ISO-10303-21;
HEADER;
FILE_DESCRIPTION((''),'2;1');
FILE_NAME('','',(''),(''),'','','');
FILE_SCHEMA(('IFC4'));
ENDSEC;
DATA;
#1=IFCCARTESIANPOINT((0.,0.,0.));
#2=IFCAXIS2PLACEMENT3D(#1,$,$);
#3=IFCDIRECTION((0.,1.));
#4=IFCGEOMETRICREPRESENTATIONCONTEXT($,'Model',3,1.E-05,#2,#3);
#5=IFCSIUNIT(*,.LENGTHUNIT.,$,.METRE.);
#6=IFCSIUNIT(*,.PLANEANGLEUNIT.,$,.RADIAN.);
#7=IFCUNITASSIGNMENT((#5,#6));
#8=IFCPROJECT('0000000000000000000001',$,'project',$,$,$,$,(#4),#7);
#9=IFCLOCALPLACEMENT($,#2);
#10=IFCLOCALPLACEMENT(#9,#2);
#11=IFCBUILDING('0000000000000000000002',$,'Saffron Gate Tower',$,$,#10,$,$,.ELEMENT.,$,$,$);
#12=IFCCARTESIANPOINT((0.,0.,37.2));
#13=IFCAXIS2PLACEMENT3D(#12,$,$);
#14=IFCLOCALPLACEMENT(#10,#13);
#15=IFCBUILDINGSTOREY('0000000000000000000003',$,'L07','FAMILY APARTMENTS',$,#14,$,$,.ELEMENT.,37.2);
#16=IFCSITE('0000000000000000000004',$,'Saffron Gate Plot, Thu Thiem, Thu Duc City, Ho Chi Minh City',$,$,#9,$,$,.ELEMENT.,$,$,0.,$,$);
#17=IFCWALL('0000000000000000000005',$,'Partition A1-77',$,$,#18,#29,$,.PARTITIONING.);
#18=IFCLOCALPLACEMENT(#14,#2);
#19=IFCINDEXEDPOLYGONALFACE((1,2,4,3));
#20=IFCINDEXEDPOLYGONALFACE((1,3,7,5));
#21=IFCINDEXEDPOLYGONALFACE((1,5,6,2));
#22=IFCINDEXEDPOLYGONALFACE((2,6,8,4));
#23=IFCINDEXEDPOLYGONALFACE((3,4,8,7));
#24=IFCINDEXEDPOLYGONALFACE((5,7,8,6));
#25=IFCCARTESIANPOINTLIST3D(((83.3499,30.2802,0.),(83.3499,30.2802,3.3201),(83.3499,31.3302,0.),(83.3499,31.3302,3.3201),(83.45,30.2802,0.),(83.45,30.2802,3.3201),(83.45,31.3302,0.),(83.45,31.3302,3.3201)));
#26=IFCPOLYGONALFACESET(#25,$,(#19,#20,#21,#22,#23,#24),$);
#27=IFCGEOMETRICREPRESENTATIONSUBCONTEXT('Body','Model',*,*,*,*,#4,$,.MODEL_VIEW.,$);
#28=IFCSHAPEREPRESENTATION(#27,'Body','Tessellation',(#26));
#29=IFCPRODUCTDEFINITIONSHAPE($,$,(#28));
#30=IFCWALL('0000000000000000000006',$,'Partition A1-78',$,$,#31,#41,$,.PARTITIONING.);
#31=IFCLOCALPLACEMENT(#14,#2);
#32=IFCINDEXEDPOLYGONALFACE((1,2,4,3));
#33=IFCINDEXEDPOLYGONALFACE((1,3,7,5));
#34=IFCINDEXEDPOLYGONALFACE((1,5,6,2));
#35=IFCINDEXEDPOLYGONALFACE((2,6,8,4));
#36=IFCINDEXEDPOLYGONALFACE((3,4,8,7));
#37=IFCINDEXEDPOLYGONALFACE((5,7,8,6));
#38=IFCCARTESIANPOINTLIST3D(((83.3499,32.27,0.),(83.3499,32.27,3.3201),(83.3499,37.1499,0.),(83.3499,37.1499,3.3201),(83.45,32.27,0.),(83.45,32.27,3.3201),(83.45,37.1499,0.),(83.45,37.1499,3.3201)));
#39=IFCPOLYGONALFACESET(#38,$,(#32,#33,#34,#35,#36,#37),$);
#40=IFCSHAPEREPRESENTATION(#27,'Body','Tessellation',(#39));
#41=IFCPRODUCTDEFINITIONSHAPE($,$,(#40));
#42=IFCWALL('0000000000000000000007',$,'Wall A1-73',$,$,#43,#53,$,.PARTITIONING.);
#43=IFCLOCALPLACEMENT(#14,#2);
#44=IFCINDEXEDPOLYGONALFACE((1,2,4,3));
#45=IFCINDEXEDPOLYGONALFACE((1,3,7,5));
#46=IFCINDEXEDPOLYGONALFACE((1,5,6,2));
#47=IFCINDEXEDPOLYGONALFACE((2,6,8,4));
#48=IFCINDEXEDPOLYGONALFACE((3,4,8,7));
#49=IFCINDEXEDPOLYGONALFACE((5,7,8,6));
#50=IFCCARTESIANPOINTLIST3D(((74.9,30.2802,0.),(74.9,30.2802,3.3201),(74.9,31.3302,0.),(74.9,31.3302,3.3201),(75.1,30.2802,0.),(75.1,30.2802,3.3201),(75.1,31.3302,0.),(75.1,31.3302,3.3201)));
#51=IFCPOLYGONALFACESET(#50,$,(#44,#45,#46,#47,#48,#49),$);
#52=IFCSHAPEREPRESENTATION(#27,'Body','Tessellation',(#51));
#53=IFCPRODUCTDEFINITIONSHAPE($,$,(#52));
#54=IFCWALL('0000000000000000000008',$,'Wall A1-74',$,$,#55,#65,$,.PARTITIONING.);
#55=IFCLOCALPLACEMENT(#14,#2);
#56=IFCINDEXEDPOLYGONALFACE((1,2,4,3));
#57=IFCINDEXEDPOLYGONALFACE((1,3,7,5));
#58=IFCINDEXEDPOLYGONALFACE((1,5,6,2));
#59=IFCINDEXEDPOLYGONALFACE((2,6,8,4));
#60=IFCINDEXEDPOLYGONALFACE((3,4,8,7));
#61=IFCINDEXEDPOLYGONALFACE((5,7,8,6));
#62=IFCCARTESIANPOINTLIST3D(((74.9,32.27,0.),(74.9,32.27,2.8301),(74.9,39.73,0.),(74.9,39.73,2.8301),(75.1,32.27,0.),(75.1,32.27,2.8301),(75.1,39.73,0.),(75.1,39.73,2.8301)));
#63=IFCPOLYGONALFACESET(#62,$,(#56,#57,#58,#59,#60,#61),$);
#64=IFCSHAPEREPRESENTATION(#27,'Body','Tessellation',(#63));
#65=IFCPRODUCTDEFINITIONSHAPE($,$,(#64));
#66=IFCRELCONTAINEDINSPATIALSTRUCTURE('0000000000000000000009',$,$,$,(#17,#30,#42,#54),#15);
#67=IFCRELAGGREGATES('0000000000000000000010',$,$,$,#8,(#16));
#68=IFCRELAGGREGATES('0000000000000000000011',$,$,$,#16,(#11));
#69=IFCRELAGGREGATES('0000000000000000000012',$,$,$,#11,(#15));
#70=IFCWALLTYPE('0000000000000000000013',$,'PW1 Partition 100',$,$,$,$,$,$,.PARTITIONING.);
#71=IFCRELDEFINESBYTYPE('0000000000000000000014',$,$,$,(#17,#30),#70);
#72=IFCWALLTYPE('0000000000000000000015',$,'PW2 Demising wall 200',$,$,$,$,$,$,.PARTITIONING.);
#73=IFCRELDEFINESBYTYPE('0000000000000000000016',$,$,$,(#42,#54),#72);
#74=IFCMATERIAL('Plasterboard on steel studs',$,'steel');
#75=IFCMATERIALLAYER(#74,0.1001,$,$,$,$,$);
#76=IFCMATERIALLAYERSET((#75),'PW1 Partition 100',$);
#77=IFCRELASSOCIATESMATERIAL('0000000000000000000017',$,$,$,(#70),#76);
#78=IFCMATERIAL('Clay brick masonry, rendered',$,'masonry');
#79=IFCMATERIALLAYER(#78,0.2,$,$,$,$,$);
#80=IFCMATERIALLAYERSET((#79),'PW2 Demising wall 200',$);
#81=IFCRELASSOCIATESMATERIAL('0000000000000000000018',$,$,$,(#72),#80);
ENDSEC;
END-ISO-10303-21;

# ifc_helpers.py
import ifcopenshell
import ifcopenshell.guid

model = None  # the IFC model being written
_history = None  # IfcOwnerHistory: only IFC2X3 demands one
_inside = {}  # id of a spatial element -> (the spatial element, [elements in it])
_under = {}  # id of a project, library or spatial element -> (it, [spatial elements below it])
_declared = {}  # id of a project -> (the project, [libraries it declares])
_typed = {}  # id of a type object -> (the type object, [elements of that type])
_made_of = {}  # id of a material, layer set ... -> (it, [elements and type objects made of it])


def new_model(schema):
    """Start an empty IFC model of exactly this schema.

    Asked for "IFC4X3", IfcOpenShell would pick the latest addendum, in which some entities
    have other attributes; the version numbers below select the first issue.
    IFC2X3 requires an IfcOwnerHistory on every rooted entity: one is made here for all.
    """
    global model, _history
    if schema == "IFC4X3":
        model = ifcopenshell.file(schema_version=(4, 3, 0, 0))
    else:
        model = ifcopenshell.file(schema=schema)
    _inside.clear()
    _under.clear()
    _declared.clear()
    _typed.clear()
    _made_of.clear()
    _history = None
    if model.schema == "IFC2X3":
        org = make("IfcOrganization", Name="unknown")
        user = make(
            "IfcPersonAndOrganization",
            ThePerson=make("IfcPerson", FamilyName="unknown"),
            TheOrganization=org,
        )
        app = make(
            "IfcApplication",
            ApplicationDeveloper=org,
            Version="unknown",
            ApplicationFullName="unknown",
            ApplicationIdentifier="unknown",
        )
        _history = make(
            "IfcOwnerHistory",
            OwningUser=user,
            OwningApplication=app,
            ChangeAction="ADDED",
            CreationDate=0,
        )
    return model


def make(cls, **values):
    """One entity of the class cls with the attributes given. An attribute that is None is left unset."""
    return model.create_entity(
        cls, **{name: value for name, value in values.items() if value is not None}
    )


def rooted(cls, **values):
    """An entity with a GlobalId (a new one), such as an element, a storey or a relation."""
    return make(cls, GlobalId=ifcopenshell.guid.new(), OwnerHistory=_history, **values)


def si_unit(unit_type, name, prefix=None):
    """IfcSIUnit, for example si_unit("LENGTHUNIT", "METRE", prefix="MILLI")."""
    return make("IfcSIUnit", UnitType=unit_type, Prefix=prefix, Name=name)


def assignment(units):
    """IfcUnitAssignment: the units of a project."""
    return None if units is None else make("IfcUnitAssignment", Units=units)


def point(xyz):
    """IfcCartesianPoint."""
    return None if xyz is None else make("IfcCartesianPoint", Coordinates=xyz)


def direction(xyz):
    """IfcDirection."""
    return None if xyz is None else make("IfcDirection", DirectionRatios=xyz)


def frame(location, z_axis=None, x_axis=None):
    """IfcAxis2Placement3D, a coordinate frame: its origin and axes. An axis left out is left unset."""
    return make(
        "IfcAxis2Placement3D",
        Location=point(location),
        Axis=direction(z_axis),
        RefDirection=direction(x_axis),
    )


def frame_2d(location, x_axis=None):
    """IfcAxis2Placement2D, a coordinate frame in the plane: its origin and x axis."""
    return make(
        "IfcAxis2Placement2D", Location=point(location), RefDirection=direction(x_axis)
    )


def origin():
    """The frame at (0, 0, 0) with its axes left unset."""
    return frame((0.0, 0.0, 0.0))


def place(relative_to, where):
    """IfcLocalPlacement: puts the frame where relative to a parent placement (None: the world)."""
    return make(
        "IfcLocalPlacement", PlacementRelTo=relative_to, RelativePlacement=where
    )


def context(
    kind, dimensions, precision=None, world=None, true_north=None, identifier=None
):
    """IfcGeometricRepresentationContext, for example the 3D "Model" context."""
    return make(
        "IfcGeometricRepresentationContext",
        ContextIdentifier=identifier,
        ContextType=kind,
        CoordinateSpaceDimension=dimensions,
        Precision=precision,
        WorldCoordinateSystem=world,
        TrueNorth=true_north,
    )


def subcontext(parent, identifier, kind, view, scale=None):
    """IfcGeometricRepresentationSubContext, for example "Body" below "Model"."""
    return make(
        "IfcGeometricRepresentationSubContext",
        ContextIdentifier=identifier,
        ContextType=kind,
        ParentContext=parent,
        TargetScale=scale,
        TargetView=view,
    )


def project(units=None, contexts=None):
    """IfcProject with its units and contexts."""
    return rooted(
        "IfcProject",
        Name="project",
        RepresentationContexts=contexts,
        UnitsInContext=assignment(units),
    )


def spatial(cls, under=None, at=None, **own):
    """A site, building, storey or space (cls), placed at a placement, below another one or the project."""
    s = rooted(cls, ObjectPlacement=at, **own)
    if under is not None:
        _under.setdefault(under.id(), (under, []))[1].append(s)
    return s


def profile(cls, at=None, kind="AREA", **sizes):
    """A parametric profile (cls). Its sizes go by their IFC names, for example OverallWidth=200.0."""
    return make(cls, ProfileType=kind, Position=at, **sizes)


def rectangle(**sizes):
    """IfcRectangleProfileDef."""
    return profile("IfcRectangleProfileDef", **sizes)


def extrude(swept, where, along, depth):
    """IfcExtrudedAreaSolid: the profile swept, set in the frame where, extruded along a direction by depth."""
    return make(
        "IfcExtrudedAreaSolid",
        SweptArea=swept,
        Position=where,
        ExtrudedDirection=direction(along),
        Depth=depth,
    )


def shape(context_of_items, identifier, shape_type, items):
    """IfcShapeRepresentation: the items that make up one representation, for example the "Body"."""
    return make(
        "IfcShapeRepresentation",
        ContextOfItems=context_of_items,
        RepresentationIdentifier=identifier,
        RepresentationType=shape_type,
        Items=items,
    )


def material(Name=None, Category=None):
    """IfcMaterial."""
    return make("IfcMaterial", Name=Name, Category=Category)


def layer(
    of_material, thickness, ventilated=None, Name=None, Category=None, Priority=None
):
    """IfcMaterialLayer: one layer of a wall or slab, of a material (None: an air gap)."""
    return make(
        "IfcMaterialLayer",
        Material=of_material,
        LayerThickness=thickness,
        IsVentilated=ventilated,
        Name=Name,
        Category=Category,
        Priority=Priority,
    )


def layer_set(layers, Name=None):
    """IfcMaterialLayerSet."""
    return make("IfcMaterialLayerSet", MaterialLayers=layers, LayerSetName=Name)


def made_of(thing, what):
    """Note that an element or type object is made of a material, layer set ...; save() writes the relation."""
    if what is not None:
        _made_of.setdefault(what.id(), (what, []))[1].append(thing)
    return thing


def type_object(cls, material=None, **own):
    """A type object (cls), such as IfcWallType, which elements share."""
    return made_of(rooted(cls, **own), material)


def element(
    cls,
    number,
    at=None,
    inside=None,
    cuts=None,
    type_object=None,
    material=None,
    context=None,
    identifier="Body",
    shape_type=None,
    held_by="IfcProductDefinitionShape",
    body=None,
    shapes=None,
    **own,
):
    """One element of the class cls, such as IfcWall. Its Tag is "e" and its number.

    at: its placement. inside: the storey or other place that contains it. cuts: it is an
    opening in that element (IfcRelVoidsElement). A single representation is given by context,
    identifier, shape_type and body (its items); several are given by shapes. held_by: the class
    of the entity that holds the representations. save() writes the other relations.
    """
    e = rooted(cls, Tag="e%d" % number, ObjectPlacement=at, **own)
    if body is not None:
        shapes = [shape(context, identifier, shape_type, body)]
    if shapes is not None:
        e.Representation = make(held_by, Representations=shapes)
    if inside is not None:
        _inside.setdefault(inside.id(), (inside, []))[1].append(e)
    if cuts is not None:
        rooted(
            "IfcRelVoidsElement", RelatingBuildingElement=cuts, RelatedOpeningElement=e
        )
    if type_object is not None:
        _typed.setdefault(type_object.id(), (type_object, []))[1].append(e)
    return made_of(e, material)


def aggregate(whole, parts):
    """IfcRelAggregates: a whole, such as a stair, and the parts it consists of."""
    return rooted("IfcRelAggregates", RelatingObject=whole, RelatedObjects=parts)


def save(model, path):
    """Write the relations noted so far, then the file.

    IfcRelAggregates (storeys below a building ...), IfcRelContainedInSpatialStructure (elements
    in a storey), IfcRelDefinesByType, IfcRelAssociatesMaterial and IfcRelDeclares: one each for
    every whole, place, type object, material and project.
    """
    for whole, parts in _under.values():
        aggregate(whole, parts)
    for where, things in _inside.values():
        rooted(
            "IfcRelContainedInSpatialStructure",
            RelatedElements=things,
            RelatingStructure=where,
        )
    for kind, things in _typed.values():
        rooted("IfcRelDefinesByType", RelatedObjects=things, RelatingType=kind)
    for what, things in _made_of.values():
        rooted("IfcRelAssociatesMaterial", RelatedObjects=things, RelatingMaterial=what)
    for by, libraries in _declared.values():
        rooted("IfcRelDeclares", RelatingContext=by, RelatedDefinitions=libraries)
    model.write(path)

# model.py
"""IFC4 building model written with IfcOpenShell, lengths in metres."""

from ifc_helpers import new_model, si_unit, direction, frame, frame_2d, origin, place, context, subcontext, project, spatial, rectangle, extrude, material, layer, layer_set, type_object, element, save


model = new_model("IFC4")

# Units and contexts
model_context = context("Model", 3, precision=1e-05, world=origin(), true_north=direction((0.0, 1.0)))
body_context = subcontext(model_context, "Body", "Model", "MODEL_VIEW")
ifc_project = project(units=[si_unit("LENGTHUNIT", "METRE"), si_unit("PLANEANGLEUNIT", "RADIAN")], contexts=[model_context])

# Site, building, storey
site_placement = place(None, origin())
site = spatial("IfcSite", under=ifc_project, at=site_placement, Name="Saffron Gate Plot, Thu Thiem, Thu Duc City, Ho Chi Minh City", CompositionType="ELEMENT", RefElevation=0.0)
building_placement = place(site_placement, origin())
building = spatial("IfcBuilding", under=site, at=building_placement, Name="Saffron Gate Tower", CompositionType="ELEMENT")
storey_placement = place(building_placement, frame((0.0, 0.0, 37.2)))
storey = spatial("IfcBuildingStorey", under=building, at=storey_placement, Name="L07", Description="FAMILY APARTMENTS", CompositionType="ELEMENT", Elevation=37.2)

# Walls
ifc_material_1 = material(Name="Plasterboard on steel studs", Category="steel")
ifc_layer_1 = layer(ifc_material_1, 0.1001)
ifc_layer_set_1 = layer_set([ifc_layer_1], Name="PW1 Partition 100")
wall_type_1 = type_object("IfcWallType", Name="PW1 Partition 100", PredefinedType="PARTITIONING", material=ifc_layer_set_1)
wall_1_placement = place(storey_placement, frame((83.3999, 31.3301, 0.0), z_axis=(0.0, 0.0, 1.0), x_axis=(0.0, -1.0, 0.0)))
element("IfcWall", 1, at=wall_1_placement, inside=storey, type_object=wall_type_1, Name="Partition A1-77", PredefinedType="PARTITIONING", context=body_context, shape_type="SweptSolid", body=[
    extrude(rectangle(XDim=1.05, YDim=0.1001, at=frame_2d((0.5249, 0.0))), origin(), (0.0, 0.0, 1.0), 3.3201),
])
wall_2_placement = place(storey_placement, frame((83.3999, 37.1499, 0.0), z_axis=(0.0, 0.0, 1.0), x_axis=(0.0, -1.0, 0.0)))
element("IfcWall", 2, at=wall_2_placement, inside=storey, type_object=wall_type_1, Name="Partition A1-78", PredefinedType="PARTITIONING", context=body_context, shape_type="SweptSolid", body=[
    extrude(rectangle(XDim=4.8799, YDim=0.1001, at=frame_2d((2.4399, 0.0))), origin(), (0.0, 0.0, 1.0), 3.3201),
])
ifc_material_2 = material(Name="Clay brick masonry, rendered", Category="masonry")
ifc_layer_2 = layer(ifc_material_2, 0.2)
ifc_layer_set_2 = layer_set([ifc_layer_2], Name="PW2 Demising wall 200")
wall_type_2 = type_object("IfcWallType", Name="PW2 Demising wall 200", PredefinedType="PARTITIONING", material=ifc_layer_set_2)
wall_3_placement = place(storey_placement, frame((75.0, 31.3301, 0.0), z_axis=(0.0, 0.0, 1.0), x_axis=(0.0, -1.0, 0.0)))
element("IfcWall", 3, at=wall_3_placement, inside=storey, type_object=wall_type_2, Name="Wall A1-73", PredefinedType="PARTITIONING", context=body_context, shape_type="SweptSolid", body=[
    extrude(rectangle(XDim=1.05, YDim=0.2, at=frame_2d((0.5249, 0.0))), origin(), (0.0, 0.0, 1.0), 3.3201),
])
wall_4_placement = place(storey_placement, frame((75.0, 39.73, 0.0), z_axis=(0.0, 0.0, 1.0), x_axis=(0.0, -1.0, 0.0)))
element("IfcWall", 4, at=wall_4_placement, inside=storey, type_object=wall_type_2, Name="Wall A1-74", PredefinedType="PARTITIONING", context=body_context, shape_type="SweptSolid", body=[
    extrude(rectangle(XDim=7.46, YDim=0.2, at=frame_2d((3.73, 0.0))), origin(), (0.0, 0.0, 1.0), 2.8301),
])

save(model, "model.ifc")
